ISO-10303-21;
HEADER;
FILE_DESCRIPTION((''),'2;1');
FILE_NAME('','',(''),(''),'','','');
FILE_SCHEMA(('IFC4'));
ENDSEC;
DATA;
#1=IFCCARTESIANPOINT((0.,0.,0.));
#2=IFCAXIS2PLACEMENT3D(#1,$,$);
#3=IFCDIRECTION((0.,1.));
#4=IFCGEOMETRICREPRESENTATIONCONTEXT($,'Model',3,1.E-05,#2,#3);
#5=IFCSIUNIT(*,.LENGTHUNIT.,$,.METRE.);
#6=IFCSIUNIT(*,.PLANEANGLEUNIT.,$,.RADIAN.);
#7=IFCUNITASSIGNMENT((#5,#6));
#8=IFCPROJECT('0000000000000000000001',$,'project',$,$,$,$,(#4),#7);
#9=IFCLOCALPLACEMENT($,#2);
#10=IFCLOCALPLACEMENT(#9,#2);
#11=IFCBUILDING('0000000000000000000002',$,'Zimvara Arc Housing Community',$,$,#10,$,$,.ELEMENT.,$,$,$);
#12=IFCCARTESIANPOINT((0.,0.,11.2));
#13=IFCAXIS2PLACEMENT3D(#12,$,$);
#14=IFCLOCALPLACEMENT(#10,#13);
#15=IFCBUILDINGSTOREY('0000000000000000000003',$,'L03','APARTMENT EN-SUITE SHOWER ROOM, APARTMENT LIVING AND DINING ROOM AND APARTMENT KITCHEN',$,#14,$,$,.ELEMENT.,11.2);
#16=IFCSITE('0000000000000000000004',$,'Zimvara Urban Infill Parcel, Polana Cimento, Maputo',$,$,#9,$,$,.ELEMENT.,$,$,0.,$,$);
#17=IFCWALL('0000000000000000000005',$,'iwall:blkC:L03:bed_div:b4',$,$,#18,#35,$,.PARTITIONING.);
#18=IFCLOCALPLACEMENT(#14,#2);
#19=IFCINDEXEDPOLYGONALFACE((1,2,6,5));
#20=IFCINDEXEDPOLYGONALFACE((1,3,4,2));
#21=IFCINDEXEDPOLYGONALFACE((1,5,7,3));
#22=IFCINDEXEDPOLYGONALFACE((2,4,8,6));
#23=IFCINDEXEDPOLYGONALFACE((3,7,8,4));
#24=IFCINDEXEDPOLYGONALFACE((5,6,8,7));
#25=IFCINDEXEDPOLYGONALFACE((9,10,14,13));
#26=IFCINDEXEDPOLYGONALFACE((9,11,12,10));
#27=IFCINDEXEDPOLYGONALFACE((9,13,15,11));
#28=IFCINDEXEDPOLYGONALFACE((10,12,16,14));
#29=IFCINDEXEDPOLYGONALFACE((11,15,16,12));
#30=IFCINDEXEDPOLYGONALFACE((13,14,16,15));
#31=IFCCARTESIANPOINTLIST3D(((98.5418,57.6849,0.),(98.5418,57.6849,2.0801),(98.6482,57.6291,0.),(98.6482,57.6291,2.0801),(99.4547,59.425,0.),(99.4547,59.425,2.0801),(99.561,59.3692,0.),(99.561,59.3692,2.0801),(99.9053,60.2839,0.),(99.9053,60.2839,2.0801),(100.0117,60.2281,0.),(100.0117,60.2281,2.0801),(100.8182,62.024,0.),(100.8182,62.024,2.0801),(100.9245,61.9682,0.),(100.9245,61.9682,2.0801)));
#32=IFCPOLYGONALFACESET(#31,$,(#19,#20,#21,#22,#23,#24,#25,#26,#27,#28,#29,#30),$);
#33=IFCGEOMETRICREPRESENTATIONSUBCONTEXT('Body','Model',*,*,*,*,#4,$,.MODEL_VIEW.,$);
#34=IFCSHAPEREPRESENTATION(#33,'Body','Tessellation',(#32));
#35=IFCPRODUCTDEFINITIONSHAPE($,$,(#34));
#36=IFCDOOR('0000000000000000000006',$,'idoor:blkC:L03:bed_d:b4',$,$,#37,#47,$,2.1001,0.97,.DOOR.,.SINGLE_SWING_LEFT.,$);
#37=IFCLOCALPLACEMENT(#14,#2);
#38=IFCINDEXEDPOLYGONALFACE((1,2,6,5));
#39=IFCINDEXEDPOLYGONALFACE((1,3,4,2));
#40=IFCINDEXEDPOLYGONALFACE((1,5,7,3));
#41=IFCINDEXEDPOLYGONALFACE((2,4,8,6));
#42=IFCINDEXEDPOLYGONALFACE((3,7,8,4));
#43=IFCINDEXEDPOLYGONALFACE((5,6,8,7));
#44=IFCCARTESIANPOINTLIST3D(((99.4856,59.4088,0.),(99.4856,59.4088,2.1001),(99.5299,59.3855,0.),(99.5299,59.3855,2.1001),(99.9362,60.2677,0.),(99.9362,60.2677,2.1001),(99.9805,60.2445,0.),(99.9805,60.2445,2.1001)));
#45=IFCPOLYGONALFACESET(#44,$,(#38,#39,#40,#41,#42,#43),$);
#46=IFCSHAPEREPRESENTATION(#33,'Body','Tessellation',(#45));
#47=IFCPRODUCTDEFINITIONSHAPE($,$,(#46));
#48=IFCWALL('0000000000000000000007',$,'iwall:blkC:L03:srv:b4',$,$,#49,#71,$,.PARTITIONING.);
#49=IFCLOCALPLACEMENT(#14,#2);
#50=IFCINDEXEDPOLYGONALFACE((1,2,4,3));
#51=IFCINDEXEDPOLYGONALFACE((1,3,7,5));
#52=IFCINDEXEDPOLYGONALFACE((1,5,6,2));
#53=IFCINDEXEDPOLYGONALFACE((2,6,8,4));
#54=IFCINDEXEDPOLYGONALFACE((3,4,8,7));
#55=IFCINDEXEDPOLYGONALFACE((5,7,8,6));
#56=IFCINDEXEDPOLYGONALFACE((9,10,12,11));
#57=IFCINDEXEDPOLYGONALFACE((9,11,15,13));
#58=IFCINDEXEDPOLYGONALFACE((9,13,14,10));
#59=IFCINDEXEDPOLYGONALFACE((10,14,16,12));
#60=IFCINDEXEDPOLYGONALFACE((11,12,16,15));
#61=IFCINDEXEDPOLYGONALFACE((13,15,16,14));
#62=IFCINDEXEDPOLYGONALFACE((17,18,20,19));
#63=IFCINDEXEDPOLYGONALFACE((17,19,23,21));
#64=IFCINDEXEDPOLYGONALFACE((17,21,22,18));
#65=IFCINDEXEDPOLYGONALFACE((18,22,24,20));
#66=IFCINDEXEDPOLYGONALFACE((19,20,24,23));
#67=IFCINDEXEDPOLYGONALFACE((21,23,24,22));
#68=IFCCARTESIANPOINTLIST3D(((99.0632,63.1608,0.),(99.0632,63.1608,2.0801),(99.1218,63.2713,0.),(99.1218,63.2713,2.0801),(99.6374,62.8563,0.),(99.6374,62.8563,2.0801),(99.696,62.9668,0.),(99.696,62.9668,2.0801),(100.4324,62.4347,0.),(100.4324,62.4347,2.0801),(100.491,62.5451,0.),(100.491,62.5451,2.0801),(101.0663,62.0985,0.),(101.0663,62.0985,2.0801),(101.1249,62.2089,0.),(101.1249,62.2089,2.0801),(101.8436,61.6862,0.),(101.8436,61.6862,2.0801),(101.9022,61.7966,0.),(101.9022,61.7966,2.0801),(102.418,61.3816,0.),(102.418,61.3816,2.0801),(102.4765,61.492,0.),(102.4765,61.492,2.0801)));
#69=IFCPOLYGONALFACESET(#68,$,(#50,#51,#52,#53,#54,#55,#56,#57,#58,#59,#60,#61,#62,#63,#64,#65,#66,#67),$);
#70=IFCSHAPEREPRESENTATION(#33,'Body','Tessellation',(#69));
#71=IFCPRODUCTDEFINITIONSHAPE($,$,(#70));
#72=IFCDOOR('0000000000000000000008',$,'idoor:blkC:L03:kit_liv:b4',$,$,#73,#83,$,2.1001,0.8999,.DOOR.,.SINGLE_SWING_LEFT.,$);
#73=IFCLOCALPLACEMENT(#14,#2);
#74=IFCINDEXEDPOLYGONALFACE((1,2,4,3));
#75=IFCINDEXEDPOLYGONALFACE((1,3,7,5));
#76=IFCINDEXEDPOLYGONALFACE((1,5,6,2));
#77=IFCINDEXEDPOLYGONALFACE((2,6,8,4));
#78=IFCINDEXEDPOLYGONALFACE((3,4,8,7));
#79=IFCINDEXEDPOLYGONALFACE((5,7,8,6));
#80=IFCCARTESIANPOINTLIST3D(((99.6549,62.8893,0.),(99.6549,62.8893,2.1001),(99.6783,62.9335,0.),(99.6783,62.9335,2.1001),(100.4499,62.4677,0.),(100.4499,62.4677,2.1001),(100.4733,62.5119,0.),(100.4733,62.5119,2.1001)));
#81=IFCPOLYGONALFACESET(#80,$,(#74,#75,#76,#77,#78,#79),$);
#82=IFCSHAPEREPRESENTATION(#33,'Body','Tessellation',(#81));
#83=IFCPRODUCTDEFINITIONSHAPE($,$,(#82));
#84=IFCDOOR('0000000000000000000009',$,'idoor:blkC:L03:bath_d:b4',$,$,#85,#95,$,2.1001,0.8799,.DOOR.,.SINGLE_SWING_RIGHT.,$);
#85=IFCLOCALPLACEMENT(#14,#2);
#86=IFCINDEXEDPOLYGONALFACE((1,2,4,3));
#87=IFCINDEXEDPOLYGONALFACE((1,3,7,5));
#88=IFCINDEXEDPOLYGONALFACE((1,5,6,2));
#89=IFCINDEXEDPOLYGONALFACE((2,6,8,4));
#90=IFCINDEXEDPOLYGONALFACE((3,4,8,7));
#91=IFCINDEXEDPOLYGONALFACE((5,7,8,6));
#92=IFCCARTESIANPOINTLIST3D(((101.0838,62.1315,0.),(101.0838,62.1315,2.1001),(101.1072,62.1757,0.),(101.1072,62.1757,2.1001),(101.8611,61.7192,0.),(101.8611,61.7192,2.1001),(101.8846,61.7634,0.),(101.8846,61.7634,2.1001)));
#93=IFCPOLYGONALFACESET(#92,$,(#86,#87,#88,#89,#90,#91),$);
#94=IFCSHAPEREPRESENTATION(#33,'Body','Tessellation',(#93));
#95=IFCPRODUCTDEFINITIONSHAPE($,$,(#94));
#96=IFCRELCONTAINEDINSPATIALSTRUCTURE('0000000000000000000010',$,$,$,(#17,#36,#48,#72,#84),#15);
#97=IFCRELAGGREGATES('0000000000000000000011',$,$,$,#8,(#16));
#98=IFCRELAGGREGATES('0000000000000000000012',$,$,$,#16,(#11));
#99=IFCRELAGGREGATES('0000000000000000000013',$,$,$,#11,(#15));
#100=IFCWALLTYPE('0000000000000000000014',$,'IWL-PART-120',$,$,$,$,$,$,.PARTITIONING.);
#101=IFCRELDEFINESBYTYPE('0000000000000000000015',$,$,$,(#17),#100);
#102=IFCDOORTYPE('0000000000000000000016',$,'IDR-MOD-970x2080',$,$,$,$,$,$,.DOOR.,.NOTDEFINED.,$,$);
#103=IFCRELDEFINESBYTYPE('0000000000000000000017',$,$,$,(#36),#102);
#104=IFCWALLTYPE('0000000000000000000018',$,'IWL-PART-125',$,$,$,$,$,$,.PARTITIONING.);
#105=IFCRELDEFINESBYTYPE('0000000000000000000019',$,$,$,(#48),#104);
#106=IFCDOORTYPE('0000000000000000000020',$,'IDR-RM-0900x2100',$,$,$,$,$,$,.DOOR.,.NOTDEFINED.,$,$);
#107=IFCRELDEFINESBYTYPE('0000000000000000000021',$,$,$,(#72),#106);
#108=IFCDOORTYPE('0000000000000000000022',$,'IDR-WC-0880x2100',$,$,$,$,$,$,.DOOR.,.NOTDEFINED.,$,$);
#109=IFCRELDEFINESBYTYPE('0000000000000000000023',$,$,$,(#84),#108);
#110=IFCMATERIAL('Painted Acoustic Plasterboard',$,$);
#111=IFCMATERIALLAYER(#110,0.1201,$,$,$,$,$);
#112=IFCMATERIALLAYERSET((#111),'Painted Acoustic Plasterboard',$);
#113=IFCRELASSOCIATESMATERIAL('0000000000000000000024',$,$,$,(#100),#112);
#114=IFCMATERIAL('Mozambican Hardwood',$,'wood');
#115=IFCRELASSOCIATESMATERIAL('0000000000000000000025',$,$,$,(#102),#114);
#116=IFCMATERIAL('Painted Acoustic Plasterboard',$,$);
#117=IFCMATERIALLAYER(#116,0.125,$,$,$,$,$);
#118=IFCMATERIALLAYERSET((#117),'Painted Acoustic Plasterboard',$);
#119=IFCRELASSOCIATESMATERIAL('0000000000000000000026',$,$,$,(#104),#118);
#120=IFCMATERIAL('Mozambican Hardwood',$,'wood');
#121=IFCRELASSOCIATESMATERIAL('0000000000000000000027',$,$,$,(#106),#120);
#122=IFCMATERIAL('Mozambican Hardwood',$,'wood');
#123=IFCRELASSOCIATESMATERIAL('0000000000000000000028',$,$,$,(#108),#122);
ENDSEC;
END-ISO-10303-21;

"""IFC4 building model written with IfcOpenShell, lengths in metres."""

from ifc_helpers import new_model, si_unit, direction, frame, frame_2d, origin, place, context, subcontext, project, spatial, rectangle, extrude, material, layer, layer_set, type_object, element, fill, save


model = new_model("IFC4")

# Units and contexts
model_context = context("Model", 3, precision=1e-05, world=origin(), true_north=direction((0.0, 1.0)))
body_context = subcontext(model_context, "Body", "Model", "MODEL_VIEW")
ifc_project = project(units=[si_unit("LENGTHUNIT", "METRE"), si_unit("PLANEANGLEUNIT", "RADIAN")], contexts=[model_context])

# Site, building, storey
site_placement = place(None, origin())
site = spatial("IfcSite", under=ifc_project, at=site_placement, Name="Zimvara Urban Infill Parcel, Polana Cimento, Maputo", CompositionType="ELEMENT", RefElevation=0.0)
building_placement = place(site_placement, origin())
building = spatial("IfcBuilding", under=site, at=building_placement, Name="Zimvara Arc Housing Community", CompositionType="ELEMENT")
storey_placement = place(building_placement, frame((0.0, 0.0, 11.2)))
storey = spatial("IfcBuildingStorey", under=building, at=storey_placement, Name="L03", Description="APARTMENT EN-SUITE SHOWER ROOM, APARTMENT LIVING AND DINING ROOM AND APARTMENT KITCHEN", CompositionType="ELEMENT", Elevation=11.2)

# Wall, opening, door
ifc_material_1 = material(Name="Painted Acoustic Plasterboard")
ifc_layer_1 = layer(ifc_material_1, 0.1201)
ifc_layer_set_1 = layer_set([ifc_layer_1], Name="Painted Acoustic Plasterboard")
wall_type_1 = type_object("IfcWallType", Name="IWL-PART-120", PredefinedType="PARTITIONING", material=ifc_layer_set_1)
wall_1_placement = place(storey_placement, frame((100.8713, 61.9961, 0.0), z_axis=(0.0, 0.0, 1.0), x_axis=(-0.464567, -0.885538, 0.0)))
wall_1 = element("IfcWall", 1, at=wall_1_placement, inside=storey, type_object=wall_type_1, Name="iwall:blkC:L03:bed_div:b4", PredefinedType="PARTITIONING", context=body_context, shape_type="SweptSolid", body=[
    extrude(rectangle(XDim=4.8999, YDim=0.1201, at=frame_2d((2.45, 0.0))), origin(), (0.0, 0.0, 1.0), 2.0801),
])
opening_1_placement = place(wall_1_placement, frame((1.9651, 0.0, 0.0)))
opening_1 = element("IfcOpeningElement", 2, at=opening_1_placement, cuts=wall_1, PredefinedType="OPENING", context=body_context, shape_type="SweptSolid", body=[
    extrude(rectangle(XDim=0.97, YDim=2.1001, at=frame_2d((0.4849, 1.05))), frame((0.0, 0.0701, 0.0), z_axis=(0.0, -1.0, 0.0), x_axis=(1.0, 0.0, 0.0)), (0.0, 0.0, 1.0), 0.1401),
])
ifc_material_2 = material(Name="Mozambican Hardwood", Category="wood")
door_type_1 = type_object("IfcDoorType", Name="IDR-MOD-970x2080", OperationType="NOTDEFINED", PredefinedType="DOOR", material=ifc_material_2)
door_1_placement = place(opening_1_placement, origin())
door_1 = element("IfcDoor", 3, at=door_1_placement, inside=storey, type_object=door_type_1, Name="idoor:blkC:L03:bed_d:b4", OperationType="SINGLE_SWING_LEFT", OverallHeight=2.1001, OverallWidth=0.97, PredefinedType="DOOR", context=body_context, shape_type="SweptSolid", body=[
    extrude(rectangle(XDim=0.97, YDim=2.1001, at=frame_2d((0.4849, 1.05))), frame((0.0, 0.0249, 0.0), z_axis=(0.0, -1.0, 0.0), x_axis=(1.0, 0.0, 0.0)), (0.0, 0.0, 1.0), 0.05),
])
fill(opening_1, door_1)

# Wall, openings, doors
ifc_material_3 = material(Name="Painted Acoustic Plasterboard")
ifc_layer_2 = layer(ifc_material_3, 0.125)
ifc_layer_set_2 = layer_set([ifc_layer_2], Name="Painted Acoustic Plasterboard")
wall_type_2 = type_object("IfcWallType", Name="IWL-PART-125", PredefinedType="PARTITIONING", material=ifc_layer_set_2)
wall_2_placement = place(storey_placement, frame((99.0925, 63.2161, 0.0), z_axis=(0.0, 0.0, 1.0), x_axis=(0.883433, -0.468558, 0.0)))
wall_2 = element("IfcWall", 4, at=wall_2_placement, inside=storey, type_object=wall_type_2, Name="iwall:blkC:L03:srv:b4", PredefinedType="PARTITIONING", context=body_context, shape_type="SweptSolid", body=[
    extrude(rectangle(XDim=3.7974, YDim=0.125, at=frame_2d((1.8987, 0.0))), origin(), (0.0, 0.0, 1.0), 2.0801),
])
opening_2_placement = place(wall_2_placement, frame((0.6499, 0.0, 0.0)))
opening_2 = element("IfcOpeningElement", 5, at=opening_2_placement, cuts=wall_2, PredefinedType="OPENING", context=body_context, shape_type="SweptSolid", body=[
    extrude(rectangle(XDim=0.8999, YDim=2.1001, at=frame_2d((0.45, 1.05))), frame((0.0, 0.0725, 0.0), z_axis=(0.0, -1.0, 0.0), x_axis=(1.0, 0.0, 0.0)), (0.0, 0.0, 1.0), 0.145),
])
opening_3_placement = place(wall_2_placement, frame((2.2673, 0.0, 0.0)))
opening_3 = element("IfcOpeningElement", 6, at=opening_3_placement, cuts=wall_2, PredefinedType="OPENING", context=body_context, shape_type="SweptSolid", body=[
    extrude(rectangle(XDim=0.8799, YDim=2.1001, at=frame_2d((0.4399, 1.05))), frame((0.0, 0.0725, 0.0), z_axis=(0.0, -1.0, 0.0), x_axis=(1.0, 0.0, 0.0)), (0.0, 0.0, 1.0), 0.145),
])
ifc_material_4 = material(Name="Mozambican Hardwood", Category="wood")
door_type_2 = type_object("IfcDoorType", Name="IDR-RM-0900x2100", OperationType="NOTDEFINED", PredefinedType="DOOR", material=ifc_material_4)
door_2_placement = place(opening_2_placement, origin())
door_2 = element("IfcDoor", 7, at=door_2_placement, inside=storey, type_object=door_type_2, Name="idoor:blkC:L03:kit_liv:b4", OperationType="SINGLE_SWING_LEFT", OverallHeight=2.1001, OverallWidth=0.8999, PredefinedType="DOOR", context=body_context, shape_type="SweptSolid", body=[
    extrude(rectangle(XDim=0.8999, YDim=2.1001, at=frame_2d((0.45, 1.05))), frame((0.0, 0.0249, 0.0), z_axis=(0.0, -1.0, 0.0), x_axis=(1.0, 0.0, 0.0)), (0.0, 0.0, 1.0), 0.05),
])
fill(opening_2, door_2)
ifc_material_5 = material(Name="Mozambican Hardwood", Category="wood")
door_type_3 = type_object("IfcDoorType", Name="IDR-WC-0880x2100", OperationType="NOTDEFINED", PredefinedType="DOOR", material=ifc_material_5)
door_3_placement = place(opening_3_placement, origin())
door_3 = element("IfcDoor", 8, at=door_3_placement, inside=storey, type_object=door_type_3, Name="idoor:blkC:L03:bath_d:b4", OperationType="SINGLE_SWING_RIGHT", OverallHeight=2.1001, OverallWidth=0.8799, PredefinedType="DOOR", context=body_context, shape_type="SweptSolid", body=[
    extrude(rectangle(XDim=0.8799, YDim=2.1001, at=frame_2d((0.4399, 1.05))), frame((0.0, 0.0249, 0.0), z_axis=(0.0, -1.0, 0.0), x_axis=(1.0, 0.0, 0.0)), (0.0, 0.0, 1.0), 0.05),
])
fill(opening_3, door_3)

save(model, "model.ifc")
